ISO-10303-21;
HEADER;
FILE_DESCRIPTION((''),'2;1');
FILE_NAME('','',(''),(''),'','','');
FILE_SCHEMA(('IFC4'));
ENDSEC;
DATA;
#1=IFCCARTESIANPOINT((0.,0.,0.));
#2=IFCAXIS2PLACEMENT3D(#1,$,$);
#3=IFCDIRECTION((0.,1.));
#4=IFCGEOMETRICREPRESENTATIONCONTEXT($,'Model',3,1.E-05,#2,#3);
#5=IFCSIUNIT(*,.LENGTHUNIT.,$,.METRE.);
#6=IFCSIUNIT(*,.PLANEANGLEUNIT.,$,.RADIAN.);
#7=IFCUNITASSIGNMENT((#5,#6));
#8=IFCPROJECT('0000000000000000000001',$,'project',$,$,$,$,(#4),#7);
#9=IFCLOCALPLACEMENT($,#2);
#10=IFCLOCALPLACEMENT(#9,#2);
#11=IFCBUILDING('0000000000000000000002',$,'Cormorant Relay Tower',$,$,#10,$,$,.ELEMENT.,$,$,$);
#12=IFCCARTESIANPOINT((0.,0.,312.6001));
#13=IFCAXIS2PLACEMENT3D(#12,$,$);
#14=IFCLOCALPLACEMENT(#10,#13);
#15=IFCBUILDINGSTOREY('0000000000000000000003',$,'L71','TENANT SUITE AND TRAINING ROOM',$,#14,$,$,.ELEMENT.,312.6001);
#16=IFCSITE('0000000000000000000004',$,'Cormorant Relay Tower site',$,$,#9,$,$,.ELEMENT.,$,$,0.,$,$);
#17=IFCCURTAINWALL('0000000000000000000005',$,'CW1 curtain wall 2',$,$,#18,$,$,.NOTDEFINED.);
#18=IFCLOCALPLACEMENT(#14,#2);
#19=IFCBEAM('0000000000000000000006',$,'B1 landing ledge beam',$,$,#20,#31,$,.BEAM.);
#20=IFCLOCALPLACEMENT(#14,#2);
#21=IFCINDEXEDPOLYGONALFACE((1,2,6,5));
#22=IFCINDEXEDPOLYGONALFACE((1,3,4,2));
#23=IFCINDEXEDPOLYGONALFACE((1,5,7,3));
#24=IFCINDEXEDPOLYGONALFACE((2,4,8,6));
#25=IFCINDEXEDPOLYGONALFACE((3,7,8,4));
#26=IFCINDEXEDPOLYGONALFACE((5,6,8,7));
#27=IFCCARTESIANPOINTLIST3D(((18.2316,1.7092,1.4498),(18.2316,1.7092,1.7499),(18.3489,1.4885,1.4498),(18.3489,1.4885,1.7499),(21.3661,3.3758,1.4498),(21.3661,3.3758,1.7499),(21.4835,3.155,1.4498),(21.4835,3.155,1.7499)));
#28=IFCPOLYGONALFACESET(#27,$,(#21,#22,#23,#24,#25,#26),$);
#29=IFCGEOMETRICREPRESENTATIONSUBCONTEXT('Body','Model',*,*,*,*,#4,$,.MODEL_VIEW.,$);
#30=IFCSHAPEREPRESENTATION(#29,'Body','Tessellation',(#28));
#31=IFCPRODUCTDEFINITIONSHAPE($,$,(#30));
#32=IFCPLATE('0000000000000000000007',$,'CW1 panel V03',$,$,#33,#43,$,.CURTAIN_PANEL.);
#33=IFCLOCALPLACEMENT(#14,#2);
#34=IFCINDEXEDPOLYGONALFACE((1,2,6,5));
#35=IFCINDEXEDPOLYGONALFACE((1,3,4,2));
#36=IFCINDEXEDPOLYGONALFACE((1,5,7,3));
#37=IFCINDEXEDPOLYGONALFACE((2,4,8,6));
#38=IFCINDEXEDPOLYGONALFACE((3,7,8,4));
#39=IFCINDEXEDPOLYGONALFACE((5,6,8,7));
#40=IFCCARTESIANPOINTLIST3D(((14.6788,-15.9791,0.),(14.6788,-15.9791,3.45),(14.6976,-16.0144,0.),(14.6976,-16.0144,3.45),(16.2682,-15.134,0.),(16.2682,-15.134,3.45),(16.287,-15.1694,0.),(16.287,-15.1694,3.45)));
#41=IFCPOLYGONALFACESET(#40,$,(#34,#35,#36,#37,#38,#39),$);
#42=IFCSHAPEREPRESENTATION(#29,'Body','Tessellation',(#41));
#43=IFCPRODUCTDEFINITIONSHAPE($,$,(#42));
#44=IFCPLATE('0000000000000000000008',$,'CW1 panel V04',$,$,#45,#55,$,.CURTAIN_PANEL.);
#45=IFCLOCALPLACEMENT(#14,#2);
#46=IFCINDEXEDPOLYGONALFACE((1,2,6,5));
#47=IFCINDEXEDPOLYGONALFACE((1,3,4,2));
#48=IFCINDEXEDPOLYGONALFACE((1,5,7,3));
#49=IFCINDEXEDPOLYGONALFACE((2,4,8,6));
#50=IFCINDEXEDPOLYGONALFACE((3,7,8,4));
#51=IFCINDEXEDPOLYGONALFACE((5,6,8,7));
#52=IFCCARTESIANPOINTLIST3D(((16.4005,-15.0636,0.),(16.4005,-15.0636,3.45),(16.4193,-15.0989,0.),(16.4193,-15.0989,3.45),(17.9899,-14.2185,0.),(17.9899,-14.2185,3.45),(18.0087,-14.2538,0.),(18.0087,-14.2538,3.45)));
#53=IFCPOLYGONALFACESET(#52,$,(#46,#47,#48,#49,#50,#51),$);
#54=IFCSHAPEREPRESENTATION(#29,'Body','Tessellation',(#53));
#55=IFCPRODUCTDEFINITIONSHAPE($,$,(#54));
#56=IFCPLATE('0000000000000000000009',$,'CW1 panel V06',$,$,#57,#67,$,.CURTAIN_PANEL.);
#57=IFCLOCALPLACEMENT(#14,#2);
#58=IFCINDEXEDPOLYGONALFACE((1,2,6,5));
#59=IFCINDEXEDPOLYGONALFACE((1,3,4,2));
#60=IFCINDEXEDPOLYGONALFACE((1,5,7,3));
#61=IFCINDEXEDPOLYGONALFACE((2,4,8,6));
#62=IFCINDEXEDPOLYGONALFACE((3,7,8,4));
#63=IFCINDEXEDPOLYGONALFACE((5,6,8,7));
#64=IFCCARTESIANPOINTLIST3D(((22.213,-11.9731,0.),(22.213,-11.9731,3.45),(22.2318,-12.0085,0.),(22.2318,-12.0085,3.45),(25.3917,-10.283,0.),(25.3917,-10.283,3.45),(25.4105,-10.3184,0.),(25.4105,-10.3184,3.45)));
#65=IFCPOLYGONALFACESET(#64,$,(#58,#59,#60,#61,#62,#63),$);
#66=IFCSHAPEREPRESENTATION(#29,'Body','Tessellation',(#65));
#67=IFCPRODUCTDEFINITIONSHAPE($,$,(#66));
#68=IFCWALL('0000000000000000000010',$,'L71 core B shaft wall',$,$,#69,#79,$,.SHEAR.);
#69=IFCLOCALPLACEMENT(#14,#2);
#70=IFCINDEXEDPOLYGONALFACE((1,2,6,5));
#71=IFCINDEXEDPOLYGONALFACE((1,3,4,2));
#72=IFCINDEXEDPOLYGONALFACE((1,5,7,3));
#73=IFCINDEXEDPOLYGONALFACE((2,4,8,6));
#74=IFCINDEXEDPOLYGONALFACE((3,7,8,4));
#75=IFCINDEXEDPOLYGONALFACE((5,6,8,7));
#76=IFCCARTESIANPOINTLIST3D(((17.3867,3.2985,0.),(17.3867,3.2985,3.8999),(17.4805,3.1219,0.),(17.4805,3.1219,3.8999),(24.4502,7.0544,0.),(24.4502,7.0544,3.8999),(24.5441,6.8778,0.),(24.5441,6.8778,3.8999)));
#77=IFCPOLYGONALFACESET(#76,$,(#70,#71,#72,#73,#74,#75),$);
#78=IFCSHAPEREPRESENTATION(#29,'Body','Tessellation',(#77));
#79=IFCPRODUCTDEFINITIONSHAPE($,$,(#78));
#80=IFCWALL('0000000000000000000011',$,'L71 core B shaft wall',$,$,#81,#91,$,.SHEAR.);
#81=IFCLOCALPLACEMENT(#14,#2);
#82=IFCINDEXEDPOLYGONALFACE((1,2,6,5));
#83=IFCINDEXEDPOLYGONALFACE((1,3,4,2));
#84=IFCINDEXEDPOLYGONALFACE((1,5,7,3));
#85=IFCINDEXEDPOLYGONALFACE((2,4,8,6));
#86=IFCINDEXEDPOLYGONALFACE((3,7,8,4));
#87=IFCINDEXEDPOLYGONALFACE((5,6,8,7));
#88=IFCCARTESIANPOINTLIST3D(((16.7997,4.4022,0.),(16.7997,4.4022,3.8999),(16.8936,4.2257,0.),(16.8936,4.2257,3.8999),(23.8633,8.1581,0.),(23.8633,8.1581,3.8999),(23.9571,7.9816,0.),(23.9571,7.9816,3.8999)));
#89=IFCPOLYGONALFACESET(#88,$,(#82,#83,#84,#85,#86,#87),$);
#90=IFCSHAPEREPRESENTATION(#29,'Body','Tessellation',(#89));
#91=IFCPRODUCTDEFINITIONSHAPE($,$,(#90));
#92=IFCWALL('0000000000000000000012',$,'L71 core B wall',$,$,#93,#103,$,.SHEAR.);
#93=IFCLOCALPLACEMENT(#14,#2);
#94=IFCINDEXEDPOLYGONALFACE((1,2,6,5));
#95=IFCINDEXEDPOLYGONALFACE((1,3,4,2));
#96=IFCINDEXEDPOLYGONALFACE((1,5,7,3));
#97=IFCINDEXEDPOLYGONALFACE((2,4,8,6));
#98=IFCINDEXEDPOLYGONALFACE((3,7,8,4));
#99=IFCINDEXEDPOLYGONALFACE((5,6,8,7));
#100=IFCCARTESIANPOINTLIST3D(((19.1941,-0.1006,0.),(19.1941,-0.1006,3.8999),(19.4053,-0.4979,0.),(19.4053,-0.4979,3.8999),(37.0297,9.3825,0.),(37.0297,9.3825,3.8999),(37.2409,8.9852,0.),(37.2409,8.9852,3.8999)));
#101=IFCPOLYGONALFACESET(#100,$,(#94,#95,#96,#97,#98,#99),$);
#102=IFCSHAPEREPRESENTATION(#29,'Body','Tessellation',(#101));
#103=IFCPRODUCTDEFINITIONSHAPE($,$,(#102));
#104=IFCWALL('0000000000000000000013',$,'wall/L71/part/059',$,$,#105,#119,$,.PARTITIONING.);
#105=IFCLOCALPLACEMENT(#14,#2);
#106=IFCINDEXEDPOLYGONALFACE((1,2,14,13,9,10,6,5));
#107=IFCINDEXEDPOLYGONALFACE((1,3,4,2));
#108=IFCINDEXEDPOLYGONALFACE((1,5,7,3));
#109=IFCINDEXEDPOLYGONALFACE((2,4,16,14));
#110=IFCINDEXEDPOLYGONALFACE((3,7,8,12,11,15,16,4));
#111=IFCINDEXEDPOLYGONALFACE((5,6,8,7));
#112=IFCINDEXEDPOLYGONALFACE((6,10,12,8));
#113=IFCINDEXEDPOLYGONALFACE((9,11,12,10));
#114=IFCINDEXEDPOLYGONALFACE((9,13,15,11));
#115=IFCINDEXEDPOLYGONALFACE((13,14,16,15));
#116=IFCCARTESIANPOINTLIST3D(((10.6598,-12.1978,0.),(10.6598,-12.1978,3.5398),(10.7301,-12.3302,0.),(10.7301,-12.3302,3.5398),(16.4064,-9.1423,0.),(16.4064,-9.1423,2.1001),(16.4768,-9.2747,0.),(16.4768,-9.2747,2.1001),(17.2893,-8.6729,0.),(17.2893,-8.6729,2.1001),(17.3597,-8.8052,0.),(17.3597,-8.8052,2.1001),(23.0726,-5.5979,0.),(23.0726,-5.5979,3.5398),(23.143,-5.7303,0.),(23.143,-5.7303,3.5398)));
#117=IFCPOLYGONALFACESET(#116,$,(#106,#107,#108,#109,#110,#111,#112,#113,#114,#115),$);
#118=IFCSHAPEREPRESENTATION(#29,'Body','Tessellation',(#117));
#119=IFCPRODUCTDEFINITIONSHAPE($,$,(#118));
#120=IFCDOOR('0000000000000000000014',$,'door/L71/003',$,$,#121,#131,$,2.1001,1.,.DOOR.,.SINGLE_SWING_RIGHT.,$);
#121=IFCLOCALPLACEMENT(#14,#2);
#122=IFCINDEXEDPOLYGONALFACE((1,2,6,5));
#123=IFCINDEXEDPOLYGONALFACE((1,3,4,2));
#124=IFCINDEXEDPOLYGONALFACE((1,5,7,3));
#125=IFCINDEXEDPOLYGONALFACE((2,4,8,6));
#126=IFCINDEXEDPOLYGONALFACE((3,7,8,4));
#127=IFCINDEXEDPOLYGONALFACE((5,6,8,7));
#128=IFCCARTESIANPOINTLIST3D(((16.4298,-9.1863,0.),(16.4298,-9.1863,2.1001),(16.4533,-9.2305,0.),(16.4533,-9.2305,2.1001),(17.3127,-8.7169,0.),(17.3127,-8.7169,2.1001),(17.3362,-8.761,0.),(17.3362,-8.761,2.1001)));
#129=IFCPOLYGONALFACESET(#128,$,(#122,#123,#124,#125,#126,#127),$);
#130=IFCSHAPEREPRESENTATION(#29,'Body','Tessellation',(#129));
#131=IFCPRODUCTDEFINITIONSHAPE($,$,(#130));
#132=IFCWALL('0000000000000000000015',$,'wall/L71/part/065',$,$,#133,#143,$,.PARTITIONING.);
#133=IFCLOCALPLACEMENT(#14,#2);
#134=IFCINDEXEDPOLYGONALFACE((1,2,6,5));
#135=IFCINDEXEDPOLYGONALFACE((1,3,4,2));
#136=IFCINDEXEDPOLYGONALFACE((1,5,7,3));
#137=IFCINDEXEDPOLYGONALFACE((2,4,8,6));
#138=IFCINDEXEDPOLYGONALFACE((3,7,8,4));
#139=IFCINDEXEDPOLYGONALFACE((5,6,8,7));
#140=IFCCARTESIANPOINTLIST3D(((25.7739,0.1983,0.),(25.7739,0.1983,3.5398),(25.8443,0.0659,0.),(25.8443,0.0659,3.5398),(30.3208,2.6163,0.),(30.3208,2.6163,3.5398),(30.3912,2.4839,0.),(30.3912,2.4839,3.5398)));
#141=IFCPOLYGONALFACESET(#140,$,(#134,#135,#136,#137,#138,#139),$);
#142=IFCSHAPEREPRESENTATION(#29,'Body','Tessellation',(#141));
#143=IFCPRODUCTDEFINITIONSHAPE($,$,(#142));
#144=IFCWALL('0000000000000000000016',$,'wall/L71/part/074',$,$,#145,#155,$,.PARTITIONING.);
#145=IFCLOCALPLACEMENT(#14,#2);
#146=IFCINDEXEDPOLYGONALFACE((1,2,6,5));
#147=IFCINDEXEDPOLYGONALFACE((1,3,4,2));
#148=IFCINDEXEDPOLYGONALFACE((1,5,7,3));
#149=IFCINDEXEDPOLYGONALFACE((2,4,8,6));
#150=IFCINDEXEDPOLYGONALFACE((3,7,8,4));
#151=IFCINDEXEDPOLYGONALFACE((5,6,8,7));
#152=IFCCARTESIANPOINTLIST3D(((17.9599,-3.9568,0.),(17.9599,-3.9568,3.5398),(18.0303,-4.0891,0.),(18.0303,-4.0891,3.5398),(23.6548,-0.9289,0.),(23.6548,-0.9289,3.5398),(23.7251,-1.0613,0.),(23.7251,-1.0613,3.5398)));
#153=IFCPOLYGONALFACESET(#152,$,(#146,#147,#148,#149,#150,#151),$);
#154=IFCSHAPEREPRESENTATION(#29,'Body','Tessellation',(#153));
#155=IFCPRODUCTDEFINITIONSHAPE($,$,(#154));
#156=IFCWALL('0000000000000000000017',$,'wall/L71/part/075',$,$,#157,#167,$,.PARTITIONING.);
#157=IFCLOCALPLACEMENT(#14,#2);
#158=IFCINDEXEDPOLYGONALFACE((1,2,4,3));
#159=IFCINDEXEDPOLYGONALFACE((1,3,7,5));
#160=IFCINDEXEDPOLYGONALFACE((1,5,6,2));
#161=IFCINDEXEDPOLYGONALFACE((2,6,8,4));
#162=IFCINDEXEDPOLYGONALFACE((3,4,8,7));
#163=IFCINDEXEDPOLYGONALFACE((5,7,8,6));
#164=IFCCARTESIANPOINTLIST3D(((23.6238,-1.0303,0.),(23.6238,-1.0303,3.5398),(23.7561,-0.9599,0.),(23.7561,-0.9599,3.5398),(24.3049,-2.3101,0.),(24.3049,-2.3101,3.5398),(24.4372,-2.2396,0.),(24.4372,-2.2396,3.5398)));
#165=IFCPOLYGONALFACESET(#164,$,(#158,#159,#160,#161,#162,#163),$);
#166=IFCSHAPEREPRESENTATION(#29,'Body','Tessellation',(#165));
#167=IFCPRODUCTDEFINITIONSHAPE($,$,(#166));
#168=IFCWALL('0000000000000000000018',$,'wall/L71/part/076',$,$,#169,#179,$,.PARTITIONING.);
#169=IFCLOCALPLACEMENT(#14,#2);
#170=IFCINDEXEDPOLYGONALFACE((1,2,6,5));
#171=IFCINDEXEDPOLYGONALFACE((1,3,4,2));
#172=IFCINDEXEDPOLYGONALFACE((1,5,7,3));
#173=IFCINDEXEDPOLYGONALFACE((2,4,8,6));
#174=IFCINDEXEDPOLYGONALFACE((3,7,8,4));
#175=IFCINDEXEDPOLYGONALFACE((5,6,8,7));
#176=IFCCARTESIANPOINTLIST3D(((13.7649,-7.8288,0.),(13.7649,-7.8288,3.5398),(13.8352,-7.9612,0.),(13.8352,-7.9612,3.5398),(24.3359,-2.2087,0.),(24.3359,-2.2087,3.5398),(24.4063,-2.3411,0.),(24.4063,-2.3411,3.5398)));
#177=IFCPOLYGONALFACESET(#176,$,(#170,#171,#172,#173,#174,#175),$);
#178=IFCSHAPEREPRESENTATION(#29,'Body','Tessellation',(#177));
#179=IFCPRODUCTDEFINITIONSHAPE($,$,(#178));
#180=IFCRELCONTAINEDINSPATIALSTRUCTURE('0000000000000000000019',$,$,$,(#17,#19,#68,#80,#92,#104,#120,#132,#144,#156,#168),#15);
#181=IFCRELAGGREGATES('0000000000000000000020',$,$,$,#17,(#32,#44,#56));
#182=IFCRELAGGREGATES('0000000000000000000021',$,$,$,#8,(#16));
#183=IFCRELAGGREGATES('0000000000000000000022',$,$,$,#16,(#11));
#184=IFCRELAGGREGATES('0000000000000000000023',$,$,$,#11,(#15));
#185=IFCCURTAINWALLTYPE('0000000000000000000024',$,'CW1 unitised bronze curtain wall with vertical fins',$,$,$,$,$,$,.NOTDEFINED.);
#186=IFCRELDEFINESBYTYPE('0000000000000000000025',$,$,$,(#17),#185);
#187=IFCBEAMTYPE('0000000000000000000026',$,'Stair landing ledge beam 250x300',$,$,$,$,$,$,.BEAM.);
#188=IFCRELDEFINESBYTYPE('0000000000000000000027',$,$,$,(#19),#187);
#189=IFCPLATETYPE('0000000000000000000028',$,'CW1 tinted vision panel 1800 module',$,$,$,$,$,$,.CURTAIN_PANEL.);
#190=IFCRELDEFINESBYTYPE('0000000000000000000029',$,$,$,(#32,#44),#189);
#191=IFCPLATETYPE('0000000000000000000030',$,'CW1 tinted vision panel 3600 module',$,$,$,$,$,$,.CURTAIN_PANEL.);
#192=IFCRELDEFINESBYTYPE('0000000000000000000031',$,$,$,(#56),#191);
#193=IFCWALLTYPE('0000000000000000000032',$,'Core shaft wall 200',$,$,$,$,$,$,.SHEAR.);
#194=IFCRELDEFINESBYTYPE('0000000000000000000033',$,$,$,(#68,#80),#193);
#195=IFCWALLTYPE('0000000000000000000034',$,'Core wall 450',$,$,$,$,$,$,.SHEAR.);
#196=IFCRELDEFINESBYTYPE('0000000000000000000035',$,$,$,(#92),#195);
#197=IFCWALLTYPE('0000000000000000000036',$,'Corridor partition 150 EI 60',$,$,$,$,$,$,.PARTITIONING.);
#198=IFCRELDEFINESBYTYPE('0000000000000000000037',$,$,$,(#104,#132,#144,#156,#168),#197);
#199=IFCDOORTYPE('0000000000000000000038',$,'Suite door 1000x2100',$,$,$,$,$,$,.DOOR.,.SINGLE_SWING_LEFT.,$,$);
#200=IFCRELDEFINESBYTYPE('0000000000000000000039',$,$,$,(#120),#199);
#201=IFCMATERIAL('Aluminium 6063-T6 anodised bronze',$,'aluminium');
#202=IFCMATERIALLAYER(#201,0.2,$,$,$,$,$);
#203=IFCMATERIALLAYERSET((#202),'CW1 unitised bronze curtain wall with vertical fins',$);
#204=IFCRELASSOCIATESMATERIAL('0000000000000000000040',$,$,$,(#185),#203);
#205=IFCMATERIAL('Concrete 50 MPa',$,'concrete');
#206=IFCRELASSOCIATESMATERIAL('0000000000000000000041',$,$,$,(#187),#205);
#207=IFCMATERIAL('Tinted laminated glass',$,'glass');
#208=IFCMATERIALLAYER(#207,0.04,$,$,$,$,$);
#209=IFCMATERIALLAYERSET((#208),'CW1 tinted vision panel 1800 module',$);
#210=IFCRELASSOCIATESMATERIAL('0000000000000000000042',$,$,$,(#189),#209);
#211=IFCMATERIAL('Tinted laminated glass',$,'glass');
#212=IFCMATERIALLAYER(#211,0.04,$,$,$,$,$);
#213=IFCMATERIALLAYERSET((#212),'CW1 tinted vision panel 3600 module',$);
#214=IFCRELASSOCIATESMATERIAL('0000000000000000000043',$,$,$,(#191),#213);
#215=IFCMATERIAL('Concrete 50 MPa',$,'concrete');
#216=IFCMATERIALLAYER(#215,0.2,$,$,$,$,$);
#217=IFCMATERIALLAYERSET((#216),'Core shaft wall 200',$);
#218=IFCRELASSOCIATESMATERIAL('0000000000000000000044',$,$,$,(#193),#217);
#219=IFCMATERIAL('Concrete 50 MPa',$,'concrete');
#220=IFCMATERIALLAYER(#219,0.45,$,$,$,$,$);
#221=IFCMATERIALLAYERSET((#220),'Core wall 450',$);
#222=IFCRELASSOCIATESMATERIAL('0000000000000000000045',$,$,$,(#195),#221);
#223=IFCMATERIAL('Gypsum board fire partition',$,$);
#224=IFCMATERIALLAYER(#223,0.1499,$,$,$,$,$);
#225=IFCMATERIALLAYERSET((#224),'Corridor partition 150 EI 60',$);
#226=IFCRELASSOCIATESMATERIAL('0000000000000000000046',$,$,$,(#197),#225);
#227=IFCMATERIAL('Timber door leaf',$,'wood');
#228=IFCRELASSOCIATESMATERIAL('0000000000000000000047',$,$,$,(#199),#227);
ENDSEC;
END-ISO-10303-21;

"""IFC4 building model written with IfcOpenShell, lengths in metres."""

from ifc_helpers import new_model, si_unit, direction, frame, frame_2d, origin, origin_2d, place, context, subcontext, project, spatial, rectangle, extrude, material, layer, layer_set, material_profile, profile_set, type_object, element, fill, aggregate, save


model = new_model("IFC4")

# Units and contexts
model_context = context("Model", 3, precision=1e-05, world=origin(), true_north=direction((0.0, 1.0)))
body_context = subcontext(model_context, "Body", "Model", "MODEL_VIEW")
ifc_project = project(units=[si_unit("LENGTHUNIT", "METRE"), si_unit("PLANEANGLEUNIT", "RADIAN")], contexts=[model_context])

# Site, building, storey
site_placement = place(None, origin())
site = spatial("IfcSite", under=ifc_project, at=site_placement, Name="Cormorant Relay Tower site", CompositionType="ELEMENT", RefElevation=0.0)
building_placement = place(site_placement, origin())
building = spatial("IfcBuilding", under=site, at=building_placement, Name="Cormorant Relay Tower", CompositionType="ELEMENT")
storey_placement = place(building_placement, frame((0.0, 0.0, 312.6001)))
storey = spatial("IfcBuildingStorey", under=building, at=storey_placement, Name="L71", Description="TENANT SUITE AND TRAINING ROOM", CompositionType="ELEMENT", Elevation=312.6001)

# Curtain wall
ifc_material_1 = material(Name="Aluminium 6063-T6 anodised bronze", Category="aluminium")
ifc_layer_1 = layer(ifc_material_1, 0.2)
ifc_layer_set_1 = layer_set([ifc_layer_1], Name="CW1 unitised bronze curtain wall with vertical fins")
curtain_wall_type = type_object("IfcCurtainWallType", Name="CW1 unitised bronze curtain wall with vertical fins", PredefinedType="NOTDEFINED", material=ifc_layer_set_1)
curtain_wall_placement = place(storey_placement, origin())
curtain_wall = element("IfcCurtainWall", 1, at=curtain_wall_placement, inside=storey, type_object=curtain_wall_type, Name="CW1 curtain wall 2", PredefinedType="NOTDEFINED")

# Beam
ifc_material_2 = material(Name="Concrete 50 MPa", Category="concrete")
ifc_material_profile_1 = material_profile(ifc_material_2, rectangle(XDim=0.25, YDim=0.3, at=origin_2d()), Name="RC 250x300")
ifc_profile_set_1 = profile_set([ifc_material_profile_1], Name="Concrete 50 MPa")
beam_type_1 = type_object("IfcBeamType", Name="Stair landing ledge beam 250x300", PredefinedType="BEAM", material=ifc_profile_set_1)
beam_1_placement = place(storey_placement, frame((21.4248, 3.2654, 1.5999), z_axis=(-0.882965, -0.469438, 0.0), x_axis=(0.469438, -0.882965, 0.0)))
element("IfcBeam", 2, at=beam_1_placement, inside=storey, type_object=beam_type_1, Name="B1 landing ledge beam", PredefinedType="BEAM", context=body_context, shape_type="SweptSolid", body=[
    extrude(rectangle(XDim=0.25, YDim=0.3, at=origin_2d()), origin(), (0.0, 0.0, 1.0), 3.55),
])

# Plates
ifc_material_3 = material(Name="Tinted laminated glass", Category="glass")
ifc_layer_2 = layer(ifc_material_3, 0.04)
ifc_layer_set_2 = layer_set([ifc_layer_2], Name="CW1 tinted vision panel 1800 module")
plate_type_1 = type_object("IfcPlateType", Name="CW1 tinted vision panel 1800 module", PredefinedType="CURTAIN_PANEL", material=ifc_layer_set_2)
plate_1_placement = place(storey_placement, frame((15.4829, -15.5742, 0.0), z_axis=(0.0, 0.0, 1.0), x_axis=(0.882948, 0.469472, 0.0)))
plate_1 = element("IfcPlate", 3, at=plate_1_placement, type_object=plate_type_1, Name="CW1 panel V03", PredefinedType="CURTAIN_PANEL", context=body_context, shape_type="SweptSolid", body=[
    extrude(rectangle(XDim=1.8, YDim=0.04, at=origin_2d()), origin(), (0.0, 0.0, 1.0), 3.45),
])
plate_2_placement = place(storey_placement, frame((17.2046, -14.6587, 0.0), z_axis=(0.0, 0.0, 1.0), x_axis=(0.882948, 0.469472, 0.0)))
plate_2 = element("IfcPlate", 4, at=plate_2_placement, type_object=plate_type_1, Name="CW1 panel V04", PredefinedType="CURTAIN_PANEL", context=body_context, shape_type="SweptSolid", body=[
    extrude(rectangle(XDim=1.8, YDim=0.04, at=origin_2d()), origin(), (0.0, 0.0, 1.0), 3.45),
])
ifc_material_4 = material(Name="Tinted laminated glass", Category="glass")
ifc_layer_3 = layer(ifc_material_4, 0.04)
ifc_layer_set_3 = layer_set([ifc_layer_3], Name="CW1 tinted vision panel 3600 module")
plate_type_2 = type_object("IfcPlateType", Name="CW1 tinted vision panel 3600 module", PredefinedType="CURTAIN_PANEL", material=ifc_layer_set_3)
plate_3_placement = place(storey_placement, frame((23.8118, -11.1458, 0.0), z_axis=(0.0, 0.0, 1.0), x_axis=(0.882948, 0.469472, 0.0)))
plate_3 = element("IfcPlate", 5, at=plate_3_placement, type_object=plate_type_2, Name="CW1 panel V06", PredefinedType="CURTAIN_PANEL", context=body_context, shape_type="SweptSolid", body=[
    extrude(rectangle(XDim=3.6001, YDim=0.04, at=origin_2d()), origin(), (0.0, 0.0, 1.0), 3.45),
])

# Walls
ifc_material_5 = material(Name="Concrete 50 MPa", Category="concrete")
ifc_layer_4 = layer(ifc_material_5, 0.2)
ifc_layer_set_4 = layer_set([ifc_layer_4], Name="Core shaft wall 200")
wall_type_1 = type_object("IfcWallType", Name="Core shaft wall 200", PredefinedType="SHEAR", material=ifc_layer_set_4)
for number, where, z_axis, x_axis, name in (
    (6, (17.4336, 3.2102, 0.0), (0.0, 0.0, 1.0), (0.88294, 0.469485, 0.0), "L71 core B shaft wall"),
    (7, (16.8467, 4.314, 0.0), (0.0, 0.0, 1.0), (0.88294, 0.469485, 0.0), "L71 core B shaft wall"),
):
    element("IfcWall", number, at=place(storey_placement, frame(where, z_axis=z_axis, x_axis=x_axis)), inside=storey, type_object=wall_type_1, Name=name, PredefinedType="SHEAR", context=body_context, shape_type="SweptSolid", body=[
        extrude(rectangle(XDim=8.0, YDim=0.2, at=frame_2d((4.0, 0.0))), origin(), (0.0, 0.0, 1.0), 3.8999),
    ])

# Shared definitions
ifc_material_6 = material(Name="Concrete 50 MPa", Category="concrete")
ifc_layer_5 = layer(ifc_material_6, 0.45)
ifc_layer_set_5 = layer_set([ifc_layer_5], Name="Core wall 450")
wall_type_2 = type_object("IfcWallType", Name="Core wall 450", PredefinedType="SHEAR", material=ifc_layer_set_5)

# Wall
wall_1_placement = place(storey_placement, frame((19.2996, -0.2993, 0.0), z_axis=(0.0, 0.0, 1.0), x_axis=(0.882953, 0.469462, 0.0)))
element("IfcWall", 8, at=wall_1_placement, inside=storey, type_object=wall_type_2, Name="L71 core B wall", PredefinedType="SHEAR", context=body_context, shape_type="SweptSolid", body=[
    extrude(rectangle(XDim=20.2, YDim=0.45, at=frame_2d((10.1001, 0.0))), origin(), (0.0, 0.0, 1.0), 3.8999),
])

# Wall, opening, door
ifc_material_7 = material(Name="Gypsum board fire partition")
ifc_layer_6 = layer(ifc_material_7, 0.1499)
ifc_layer_set_6 = layer_set([ifc_layer_6], Name="Corridor partition 150 EI 60")
wall_type_3 = type_object("IfcWallType", Name="Corridor partition 150 EI 60", PredefinedType="PARTITIONING", material=ifc_layer_set_6)
wall_2_placement = place(storey_placement, frame((23.1079, -5.6641, 0.0), z_axis=(0.0, 0.0, 1.0), x_axis=(-0.882953, -0.469462, 0.0)))
wall_2 = element("IfcWall", 9, at=wall_2_placement, inside=storey, type_object=wall_type_3, Name="wall/L71/part/059", PredefinedType="PARTITIONING", context=body_context, shape_type="SweptSolid", body=[
    extrude(rectangle(XDim=14.0583, YDim=0.1499, at=frame_2d((7.0293, 0.0))), origin(), (0.0, 0.0, 1.0), 3.5398),
])
opening_1_placement = place(wall_2_placement, frame((6.55, 0.0, 0.0)))
opening_1 = element("IfcOpeningElement", 10, at=opening_1_placement, cuts=wall_2, PredefinedType="OPENING", context=body_context, shape_type="SweptSolid", body=[
    extrude(rectangle(XDim=1.0, YDim=2.1001, at=frame_2d((0.5, 1.05))), frame((0.0, 0.085, 0.0), z_axis=(0.0, -1.0, 0.0), x_axis=(1.0, 0.0, 0.0)), (0.0, 0.0, 1.0), 0.1699),
])
ifc_material_8 = material(Name="Timber door leaf", Category="wood")
door_type_1 = type_object("IfcDoorType", Name="Suite door 1000x2100", OperationType="SINGLE_SWING_LEFT", PredefinedType="DOOR", material=ifc_material_8)
door_1_placement = place(opening_1_placement, origin())
door_1 = element("IfcDoor", 11, at=door_1_placement, inside=storey, type_object=door_type_1, Name="door/L71/003", OperationType="SINGLE_SWING_RIGHT", OverallHeight=2.1001, OverallWidth=1.0, PredefinedType="DOOR", context=body_context, shape_type="SweptSolid", body=[
    extrude(rectangle(XDim=1.0, YDim=2.1001, at=frame_2d((0.5, 1.05))), frame((0.0, 0.0249, 0.0), z_axis=(0.0, -1.0, 0.0), x_axis=(1.0, 0.0, 0.0)), (0.0, 0.0, 1.0), 0.05),
])
fill(opening_1, door_1)

# Walls
wall_3_placement = place(storey_placement, frame((25.8091, 0.1321, 0.0), z_axis=(0.0, 0.0, 1.0), x_axis=(0.882919, 0.469525, 0.0)))
element("IfcWall", 12, at=wall_3_placement, inside=storey, type_object=wall_type_3, Name="wall/L71/part/065", PredefinedType="PARTITIONING", context=body_context, shape_type="SweptSolid", body=[
    extrude(rectangle(XDim=5.1499, YDim=0.1499, at=frame_2d((2.575, 0.0))), origin(), (0.0, 0.0, 1.0), 3.5398),
])
wall_4_placement = place(storey_placement, frame((17.9951, -4.0229, 0.0), z_axis=(0.0, 0.0, 1.0), x_axis=(0.882958, 0.469452, 0.0)))
element("IfcWall", 13, at=wall_4_placement, inside=storey, type_object=wall_type_3, Name="wall/L71/part/074", PredefinedType="PARTITIONING", context=body_context, shape_type="SweptSolid", body=[
    extrude(rectangle(XDim=6.4497, YDim=0.1499, at=frame_2d((3.2249, 0.0))), origin(), (0.0, 0.0, 1.0), 3.5398),
])
wall_5_placement = place(storey_placement, frame((23.6899, -0.9951, 0.0), z_axis=(0.0, 0.0, 1.0), x_axis=(0.469836, -0.882754, 0.0)))
element("IfcWall", 14, at=wall_5_placement, inside=storey, type_object=wall_type_3, Name="wall/L71/part/075", PredefinedType="PARTITIONING", context=body_context, shape_type="SweptSolid", body=[
    extrude(rectangle(XDim=1.4497, YDim=0.1499, at=frame_2d((0.7249, 0.0))), origin(), (0.0, 0.0, 1.0), 3.5398),
])
wall_6_placement = place(storey_placement, frame((24.3711, -2.2749, 0.0), z_axis=(0.0, 0.0, 1.0), x_axis=(-0.882969, -0.469432, 0.0)))
element("IfcWall", 15, at=wall_6_placement, inside=storey, type_object=wall_type_3, Name="wall/L71/part/076", PredefinedType="PARTITIONING", context=body_context, shape_type="SweptSolid", body=[
    extrude(rectangle(XDim=11.9722, YDim=0.1499, at=frame_2d((5.9861, 0.0))), origin(), (0.0, 0.0, 1.0), 3.5398),
])

aggregate(curtain_wall, [plate_1, plate_2, plate_3])

save(model, "model.ifc")
